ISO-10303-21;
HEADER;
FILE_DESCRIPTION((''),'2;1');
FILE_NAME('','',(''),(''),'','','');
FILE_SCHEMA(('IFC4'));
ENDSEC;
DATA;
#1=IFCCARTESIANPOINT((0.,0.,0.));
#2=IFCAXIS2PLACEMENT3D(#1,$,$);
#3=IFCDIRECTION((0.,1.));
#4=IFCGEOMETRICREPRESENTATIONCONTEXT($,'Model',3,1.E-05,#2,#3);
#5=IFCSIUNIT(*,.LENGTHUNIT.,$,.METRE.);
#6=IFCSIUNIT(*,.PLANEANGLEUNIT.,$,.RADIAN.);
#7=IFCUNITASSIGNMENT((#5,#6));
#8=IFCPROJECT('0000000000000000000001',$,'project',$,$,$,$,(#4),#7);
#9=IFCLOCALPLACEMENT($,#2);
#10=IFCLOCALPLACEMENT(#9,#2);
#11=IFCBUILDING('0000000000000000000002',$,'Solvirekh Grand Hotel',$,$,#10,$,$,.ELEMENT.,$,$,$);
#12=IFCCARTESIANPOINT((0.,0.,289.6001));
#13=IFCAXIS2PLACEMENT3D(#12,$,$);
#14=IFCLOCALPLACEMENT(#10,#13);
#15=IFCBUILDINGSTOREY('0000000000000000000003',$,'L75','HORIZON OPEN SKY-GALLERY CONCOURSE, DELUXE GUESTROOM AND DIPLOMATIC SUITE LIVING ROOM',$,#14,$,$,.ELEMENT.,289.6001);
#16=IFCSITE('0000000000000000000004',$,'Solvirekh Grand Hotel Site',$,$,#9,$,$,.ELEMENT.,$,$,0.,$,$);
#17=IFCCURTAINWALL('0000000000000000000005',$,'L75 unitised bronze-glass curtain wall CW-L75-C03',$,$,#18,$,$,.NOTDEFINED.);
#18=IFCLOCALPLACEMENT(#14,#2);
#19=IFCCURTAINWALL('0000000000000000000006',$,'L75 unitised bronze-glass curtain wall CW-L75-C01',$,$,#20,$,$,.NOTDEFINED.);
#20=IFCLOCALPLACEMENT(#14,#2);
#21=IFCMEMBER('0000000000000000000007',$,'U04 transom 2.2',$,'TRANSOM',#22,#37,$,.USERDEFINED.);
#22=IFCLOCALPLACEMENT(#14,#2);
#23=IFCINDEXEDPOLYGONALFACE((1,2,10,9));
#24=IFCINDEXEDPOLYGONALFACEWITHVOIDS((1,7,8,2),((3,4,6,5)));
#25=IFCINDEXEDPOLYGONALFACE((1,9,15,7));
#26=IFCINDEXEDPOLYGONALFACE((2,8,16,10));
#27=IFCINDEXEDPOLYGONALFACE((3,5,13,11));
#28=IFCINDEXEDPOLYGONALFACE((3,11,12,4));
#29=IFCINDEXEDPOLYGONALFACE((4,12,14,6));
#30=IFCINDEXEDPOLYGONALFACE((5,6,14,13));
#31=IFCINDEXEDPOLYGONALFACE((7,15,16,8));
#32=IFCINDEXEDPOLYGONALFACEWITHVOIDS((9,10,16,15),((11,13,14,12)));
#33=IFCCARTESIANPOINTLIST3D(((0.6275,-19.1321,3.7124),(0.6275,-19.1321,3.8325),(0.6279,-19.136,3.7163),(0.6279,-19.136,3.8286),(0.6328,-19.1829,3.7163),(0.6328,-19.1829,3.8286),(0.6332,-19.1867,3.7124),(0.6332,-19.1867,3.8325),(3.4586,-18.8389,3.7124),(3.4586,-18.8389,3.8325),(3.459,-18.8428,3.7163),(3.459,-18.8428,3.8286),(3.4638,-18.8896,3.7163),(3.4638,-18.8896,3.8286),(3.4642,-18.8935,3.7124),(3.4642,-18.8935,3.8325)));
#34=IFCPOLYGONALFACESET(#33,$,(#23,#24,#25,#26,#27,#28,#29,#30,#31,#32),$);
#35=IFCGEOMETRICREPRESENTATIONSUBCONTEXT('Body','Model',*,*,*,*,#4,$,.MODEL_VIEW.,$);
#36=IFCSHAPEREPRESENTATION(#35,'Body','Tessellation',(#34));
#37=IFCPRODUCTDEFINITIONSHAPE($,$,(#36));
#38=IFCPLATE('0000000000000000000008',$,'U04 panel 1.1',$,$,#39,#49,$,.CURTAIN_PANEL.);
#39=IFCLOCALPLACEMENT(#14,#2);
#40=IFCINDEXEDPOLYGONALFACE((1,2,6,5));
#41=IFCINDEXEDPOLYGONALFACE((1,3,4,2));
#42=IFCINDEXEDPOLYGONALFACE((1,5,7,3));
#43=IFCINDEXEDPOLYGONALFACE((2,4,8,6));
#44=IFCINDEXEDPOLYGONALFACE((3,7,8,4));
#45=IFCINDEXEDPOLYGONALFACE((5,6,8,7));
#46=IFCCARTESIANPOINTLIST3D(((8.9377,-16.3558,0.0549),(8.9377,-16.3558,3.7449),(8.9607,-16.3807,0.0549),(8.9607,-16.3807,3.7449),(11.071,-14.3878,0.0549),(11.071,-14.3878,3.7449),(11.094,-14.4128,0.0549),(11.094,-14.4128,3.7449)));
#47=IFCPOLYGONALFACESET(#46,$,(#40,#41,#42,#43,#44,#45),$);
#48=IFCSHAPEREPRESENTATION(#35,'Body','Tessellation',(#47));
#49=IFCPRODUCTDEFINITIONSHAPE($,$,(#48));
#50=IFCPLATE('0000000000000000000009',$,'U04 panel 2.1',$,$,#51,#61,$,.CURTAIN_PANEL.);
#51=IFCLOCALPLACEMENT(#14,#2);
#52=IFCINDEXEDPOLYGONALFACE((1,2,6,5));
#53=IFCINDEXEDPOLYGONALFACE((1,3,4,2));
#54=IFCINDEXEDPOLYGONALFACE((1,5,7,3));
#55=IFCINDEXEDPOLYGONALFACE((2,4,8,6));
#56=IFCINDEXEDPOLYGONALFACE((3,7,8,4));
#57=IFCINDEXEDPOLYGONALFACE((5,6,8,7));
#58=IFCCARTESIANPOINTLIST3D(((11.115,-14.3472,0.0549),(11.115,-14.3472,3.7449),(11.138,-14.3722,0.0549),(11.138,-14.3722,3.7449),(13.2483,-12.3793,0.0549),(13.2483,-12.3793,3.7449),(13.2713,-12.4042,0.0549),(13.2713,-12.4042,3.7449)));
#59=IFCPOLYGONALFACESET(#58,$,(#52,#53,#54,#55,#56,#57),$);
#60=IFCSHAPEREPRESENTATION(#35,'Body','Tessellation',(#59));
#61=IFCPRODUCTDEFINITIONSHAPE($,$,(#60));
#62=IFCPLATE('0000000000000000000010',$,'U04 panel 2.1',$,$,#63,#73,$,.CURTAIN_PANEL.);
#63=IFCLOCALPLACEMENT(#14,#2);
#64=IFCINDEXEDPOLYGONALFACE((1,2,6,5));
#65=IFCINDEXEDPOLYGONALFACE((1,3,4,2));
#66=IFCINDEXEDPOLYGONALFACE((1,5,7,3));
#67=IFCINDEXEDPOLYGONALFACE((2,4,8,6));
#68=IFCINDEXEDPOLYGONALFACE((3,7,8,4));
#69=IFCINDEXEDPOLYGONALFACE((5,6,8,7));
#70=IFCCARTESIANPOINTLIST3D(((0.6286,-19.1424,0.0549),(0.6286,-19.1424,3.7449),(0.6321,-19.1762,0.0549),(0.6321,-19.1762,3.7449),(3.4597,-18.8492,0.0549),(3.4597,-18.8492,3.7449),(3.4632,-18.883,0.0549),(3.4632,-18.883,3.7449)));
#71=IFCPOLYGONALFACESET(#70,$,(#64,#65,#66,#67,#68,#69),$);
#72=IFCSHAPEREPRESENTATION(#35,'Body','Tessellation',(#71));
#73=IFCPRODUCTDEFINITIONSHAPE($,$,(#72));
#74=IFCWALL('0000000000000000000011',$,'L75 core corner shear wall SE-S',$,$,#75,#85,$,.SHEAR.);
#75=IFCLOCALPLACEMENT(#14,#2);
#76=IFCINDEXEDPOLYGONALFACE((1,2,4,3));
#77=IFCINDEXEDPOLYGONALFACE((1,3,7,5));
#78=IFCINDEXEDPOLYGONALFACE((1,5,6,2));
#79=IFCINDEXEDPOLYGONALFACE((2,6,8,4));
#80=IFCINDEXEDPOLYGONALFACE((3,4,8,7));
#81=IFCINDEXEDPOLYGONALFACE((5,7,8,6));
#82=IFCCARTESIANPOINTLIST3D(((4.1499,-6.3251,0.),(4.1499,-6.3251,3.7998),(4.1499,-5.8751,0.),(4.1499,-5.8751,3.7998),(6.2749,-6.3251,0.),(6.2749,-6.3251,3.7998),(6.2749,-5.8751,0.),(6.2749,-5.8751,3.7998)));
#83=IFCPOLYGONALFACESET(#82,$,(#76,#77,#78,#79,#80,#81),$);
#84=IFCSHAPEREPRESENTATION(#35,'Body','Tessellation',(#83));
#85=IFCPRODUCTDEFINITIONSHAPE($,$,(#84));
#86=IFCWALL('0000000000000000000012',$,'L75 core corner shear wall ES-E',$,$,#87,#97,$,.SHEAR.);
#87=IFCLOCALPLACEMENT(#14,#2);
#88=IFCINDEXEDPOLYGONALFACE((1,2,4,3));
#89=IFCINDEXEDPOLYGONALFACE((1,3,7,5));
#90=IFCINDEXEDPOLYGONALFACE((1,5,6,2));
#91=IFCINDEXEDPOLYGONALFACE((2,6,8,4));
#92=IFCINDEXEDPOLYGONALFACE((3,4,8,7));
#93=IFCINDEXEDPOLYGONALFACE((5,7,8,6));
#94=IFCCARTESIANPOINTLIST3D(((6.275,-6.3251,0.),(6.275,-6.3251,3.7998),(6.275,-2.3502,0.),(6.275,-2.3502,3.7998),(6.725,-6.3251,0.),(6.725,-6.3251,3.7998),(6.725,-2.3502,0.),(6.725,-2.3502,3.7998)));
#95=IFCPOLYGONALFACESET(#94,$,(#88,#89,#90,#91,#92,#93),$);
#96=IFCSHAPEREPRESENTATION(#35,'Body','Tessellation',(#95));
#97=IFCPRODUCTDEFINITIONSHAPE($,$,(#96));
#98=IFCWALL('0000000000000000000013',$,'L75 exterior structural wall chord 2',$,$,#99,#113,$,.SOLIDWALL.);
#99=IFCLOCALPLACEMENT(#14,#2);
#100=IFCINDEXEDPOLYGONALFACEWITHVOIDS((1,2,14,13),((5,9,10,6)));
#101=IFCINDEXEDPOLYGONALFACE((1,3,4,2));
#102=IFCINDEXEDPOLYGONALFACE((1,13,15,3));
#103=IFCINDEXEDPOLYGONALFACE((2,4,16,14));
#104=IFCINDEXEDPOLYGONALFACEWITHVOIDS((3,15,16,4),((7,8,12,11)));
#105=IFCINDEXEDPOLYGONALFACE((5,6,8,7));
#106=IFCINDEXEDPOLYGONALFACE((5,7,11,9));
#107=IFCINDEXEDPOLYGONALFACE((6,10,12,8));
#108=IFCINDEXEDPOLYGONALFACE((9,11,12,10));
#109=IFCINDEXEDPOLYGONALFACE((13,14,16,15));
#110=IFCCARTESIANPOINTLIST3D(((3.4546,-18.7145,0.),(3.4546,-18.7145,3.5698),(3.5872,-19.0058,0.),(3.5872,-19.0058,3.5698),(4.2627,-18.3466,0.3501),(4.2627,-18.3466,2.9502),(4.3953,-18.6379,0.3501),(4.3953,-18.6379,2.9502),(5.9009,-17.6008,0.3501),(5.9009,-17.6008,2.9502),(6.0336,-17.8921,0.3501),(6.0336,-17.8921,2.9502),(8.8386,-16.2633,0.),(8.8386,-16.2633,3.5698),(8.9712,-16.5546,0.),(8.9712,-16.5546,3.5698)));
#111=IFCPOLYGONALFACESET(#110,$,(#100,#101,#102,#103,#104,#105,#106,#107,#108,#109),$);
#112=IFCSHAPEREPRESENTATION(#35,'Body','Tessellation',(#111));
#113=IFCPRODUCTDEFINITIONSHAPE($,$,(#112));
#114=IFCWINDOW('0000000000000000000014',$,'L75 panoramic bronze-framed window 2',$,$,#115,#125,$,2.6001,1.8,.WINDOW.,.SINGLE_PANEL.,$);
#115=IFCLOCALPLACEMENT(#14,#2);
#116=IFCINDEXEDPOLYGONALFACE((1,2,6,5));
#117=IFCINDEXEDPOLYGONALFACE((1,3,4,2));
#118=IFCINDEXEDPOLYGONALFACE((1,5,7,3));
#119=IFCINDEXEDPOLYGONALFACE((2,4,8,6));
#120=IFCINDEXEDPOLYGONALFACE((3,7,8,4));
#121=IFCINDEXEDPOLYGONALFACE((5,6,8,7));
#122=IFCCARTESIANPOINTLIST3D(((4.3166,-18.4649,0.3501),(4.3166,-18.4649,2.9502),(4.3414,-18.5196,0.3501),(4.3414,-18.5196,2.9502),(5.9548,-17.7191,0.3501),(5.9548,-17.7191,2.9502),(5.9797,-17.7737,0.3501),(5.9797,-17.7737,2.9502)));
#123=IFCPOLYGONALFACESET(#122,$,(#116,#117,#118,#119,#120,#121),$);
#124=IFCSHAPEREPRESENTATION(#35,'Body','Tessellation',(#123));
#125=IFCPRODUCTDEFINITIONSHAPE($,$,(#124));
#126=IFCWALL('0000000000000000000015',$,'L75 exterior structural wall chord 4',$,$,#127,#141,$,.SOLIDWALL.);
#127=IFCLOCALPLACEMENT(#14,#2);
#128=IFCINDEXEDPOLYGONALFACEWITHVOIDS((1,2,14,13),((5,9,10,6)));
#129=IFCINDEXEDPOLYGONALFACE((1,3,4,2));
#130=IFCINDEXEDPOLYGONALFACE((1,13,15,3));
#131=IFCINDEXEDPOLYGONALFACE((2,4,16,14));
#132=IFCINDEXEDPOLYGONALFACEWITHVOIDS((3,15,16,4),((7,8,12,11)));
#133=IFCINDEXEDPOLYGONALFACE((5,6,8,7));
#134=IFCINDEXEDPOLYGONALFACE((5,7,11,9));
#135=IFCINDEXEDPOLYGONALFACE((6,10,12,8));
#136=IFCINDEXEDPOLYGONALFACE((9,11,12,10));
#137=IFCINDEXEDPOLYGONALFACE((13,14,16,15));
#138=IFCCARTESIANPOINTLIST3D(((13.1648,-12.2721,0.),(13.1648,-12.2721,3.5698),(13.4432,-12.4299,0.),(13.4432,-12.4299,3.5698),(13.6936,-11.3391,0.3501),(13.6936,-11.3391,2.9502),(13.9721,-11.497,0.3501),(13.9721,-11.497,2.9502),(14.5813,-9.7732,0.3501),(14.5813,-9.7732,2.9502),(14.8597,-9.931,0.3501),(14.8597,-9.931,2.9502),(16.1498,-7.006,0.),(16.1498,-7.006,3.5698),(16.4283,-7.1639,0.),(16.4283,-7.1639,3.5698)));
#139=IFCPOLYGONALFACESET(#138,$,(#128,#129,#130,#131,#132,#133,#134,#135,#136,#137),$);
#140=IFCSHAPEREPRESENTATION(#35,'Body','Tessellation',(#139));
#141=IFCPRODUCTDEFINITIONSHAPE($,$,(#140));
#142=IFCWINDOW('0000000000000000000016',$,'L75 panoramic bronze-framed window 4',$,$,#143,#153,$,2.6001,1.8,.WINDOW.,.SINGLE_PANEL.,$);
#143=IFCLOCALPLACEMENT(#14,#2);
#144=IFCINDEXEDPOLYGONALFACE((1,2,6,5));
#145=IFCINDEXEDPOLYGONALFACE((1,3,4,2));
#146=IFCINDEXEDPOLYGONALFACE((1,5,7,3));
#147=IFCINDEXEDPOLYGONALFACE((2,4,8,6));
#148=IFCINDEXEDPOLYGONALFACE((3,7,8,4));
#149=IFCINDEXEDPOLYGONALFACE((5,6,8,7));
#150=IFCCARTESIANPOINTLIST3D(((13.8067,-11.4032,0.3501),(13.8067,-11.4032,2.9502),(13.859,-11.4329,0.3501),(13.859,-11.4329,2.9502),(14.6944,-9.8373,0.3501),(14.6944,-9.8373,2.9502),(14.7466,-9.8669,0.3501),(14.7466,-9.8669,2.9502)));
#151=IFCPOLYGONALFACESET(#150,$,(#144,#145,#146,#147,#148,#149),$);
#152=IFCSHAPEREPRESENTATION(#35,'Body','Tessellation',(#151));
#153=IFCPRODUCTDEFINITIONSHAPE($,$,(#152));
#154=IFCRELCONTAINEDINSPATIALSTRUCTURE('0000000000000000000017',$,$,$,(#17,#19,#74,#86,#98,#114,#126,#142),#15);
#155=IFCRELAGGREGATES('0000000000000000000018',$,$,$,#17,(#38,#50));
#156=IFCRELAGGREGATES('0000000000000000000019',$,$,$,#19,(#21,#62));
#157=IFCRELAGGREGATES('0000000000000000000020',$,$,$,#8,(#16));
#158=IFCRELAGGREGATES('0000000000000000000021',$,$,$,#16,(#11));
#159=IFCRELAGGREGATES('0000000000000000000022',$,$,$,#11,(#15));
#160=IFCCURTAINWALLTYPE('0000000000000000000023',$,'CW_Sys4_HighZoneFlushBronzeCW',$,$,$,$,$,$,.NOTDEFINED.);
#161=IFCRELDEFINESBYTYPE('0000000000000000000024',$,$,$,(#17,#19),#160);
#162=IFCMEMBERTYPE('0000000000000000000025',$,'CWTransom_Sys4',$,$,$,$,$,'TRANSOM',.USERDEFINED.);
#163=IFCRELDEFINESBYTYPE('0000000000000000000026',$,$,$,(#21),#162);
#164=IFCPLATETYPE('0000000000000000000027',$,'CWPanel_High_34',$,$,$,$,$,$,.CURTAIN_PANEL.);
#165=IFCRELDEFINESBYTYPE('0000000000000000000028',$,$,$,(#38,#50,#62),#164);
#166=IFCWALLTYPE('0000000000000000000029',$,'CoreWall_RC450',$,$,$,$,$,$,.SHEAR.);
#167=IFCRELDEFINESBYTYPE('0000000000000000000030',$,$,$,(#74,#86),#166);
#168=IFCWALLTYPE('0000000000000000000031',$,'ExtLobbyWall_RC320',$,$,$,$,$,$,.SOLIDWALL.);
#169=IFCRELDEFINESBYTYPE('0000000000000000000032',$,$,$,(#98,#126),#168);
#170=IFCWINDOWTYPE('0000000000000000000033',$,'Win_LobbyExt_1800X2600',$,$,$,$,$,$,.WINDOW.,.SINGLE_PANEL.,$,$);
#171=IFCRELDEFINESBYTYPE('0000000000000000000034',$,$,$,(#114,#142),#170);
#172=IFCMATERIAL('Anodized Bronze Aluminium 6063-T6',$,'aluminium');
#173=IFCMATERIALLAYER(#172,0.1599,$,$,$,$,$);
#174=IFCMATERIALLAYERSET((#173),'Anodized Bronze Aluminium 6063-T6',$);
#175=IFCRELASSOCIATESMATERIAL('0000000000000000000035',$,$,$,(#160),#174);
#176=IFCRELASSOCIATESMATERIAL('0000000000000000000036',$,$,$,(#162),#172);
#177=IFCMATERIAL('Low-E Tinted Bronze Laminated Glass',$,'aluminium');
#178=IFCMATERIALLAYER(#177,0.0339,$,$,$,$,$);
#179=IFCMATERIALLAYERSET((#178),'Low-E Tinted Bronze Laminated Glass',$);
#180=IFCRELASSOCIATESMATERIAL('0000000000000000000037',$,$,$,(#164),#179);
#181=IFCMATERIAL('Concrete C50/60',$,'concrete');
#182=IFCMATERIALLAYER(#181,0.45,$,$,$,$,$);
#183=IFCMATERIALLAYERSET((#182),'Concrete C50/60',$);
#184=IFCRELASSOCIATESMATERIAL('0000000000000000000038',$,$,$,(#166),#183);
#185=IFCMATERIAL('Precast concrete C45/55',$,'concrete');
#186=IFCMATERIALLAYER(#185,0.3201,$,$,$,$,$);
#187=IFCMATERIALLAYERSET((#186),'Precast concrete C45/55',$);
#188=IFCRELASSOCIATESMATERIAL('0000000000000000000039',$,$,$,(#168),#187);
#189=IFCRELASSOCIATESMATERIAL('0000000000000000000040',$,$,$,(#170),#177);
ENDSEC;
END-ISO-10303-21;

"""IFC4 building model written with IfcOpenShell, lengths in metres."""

from ifc_helpers import new_model, si_unit, direction, frame, frame_2d, origin, origin_2d, place, context, subcontext, project, spatial, rectangle, hollow_rectangle, extrude, source, transform, mapped, material, layer, layer_set, material_profile, profile_set, type_object, element, fill, aggregate, save


model = new_model("IFC4")

# Units and contexts
model_context = context("Model", 3, precision=1e-05, world=origin(), true_north=direction((0.0, 1.0)))
body_context = subcontext(model_context, "Body", "Model", "MODEL_VIEW")
ifc_project = project(units=[si_unit("LENGTHUNIT", "METRE"), si_unit("PLANEANGLEUNIT", "RADIAN")], contexts=[model_context])

# Site, building, storey
site_placement = place(None, origin())
site = spatial("IfcSite", under=ifc_project, at=site_placement, Name="Solvirekh Grand Hotel Site", CompositionType="ELEMENT", RefElevation=0.0)
building_placement = place(site_placement, origin())
building = spatial("IfcBuilding", under=site, at=building_placement, Name="Solvirekh Grand Hotel", CompositionType="ELEMENT")
storey_placement = place(building_placement, frame((0.0, 0.0, 289.6001)))
storey = spatial("IfcBuildingStorey", under=building, at=storey_placement, Name="L75", Description="HORIZON OPEN SKY-GALLERY CONCOURSE, DELUXE GUESTROOM AND DIPLOMATIC SUITE LIVING ROOM", CompositionType="ELEMENT", Elevation=289.6001)

# Shared definitions
ifc_material_1 = material(Name="Concrete C50/60", Category="concrete")

# Curtain walls
ifc_material_2 = material(Name="Anodized Bronze Aluminium 6063-T6", Category="aluminium")
ifc_layer_1 = layer(ifc_material_2, 0.1599)
ifc_layer_set_1 = layer_set([ifc_layer_1], Name="Anodized Bronze Aluminium 6063-T6")
curtain_wall_type = type_object("IfcCurtainWallType", Name="CW_Sys4_HighZoneFlushBronzeCW", PredefinedType="NOTDEFINED", material=ifc_layer_set_1)
curtain_wall_1_placement = place(storey_placement, origin())
curtain_wall_1 = element("IfcCurtainWall", 1, at=curtain_wall_1_placement, inside=storey, type_object=curtain_wall_type, Name="L75 unitised bronze-glass curtain wall CW-L75-C03", PredefinedType="NOTDEFINED")
ifc_material_profile_1 = material_profile(ifc_material_2, hollow_rectangle(XDim=0.0549, YDim=0.1201, WallThickness=0.0039, at=origin_2d()), Name="ALU RHS 120X55X4")
ifc_profile_set_1 = profile_set([ifc_material_profile_1], Name="Anodized Bronze Aluminium 6063-T6")
member_type_1 = type_object("IfcMemberType", Name="CWTransom_Sys4", ElementType="TRANSOM", PredefinedType="USERDEFINED", material=ifc_profile_set_1)
curtain_wall_2_placement = place(storey_placement, origin())
curtain_wall_2 = element("IfcCurtainWall", 2, at=curtain_wall_2_placement, inside=storey, type_object=curtain_wall_type, Name="L75 unitised bronze-glass curtain wall CW-L75-C01", PredefinedType="NOTDEFINED")

# Member
shared_shape_1 = source(origin(), body_context, "Body", "SweptSolid", [
    extrude(hollow_rectangle(XDim=0.0549, YDim=0.1201, WallThickness=0.0039, at=origin_2d()), origin(), (0.0, 0.0, 1.0), 2.8462),
])
member_1_placement = place(storey_placement, frame((0.6304, -19.1594, 3.7725), z_axis=(0.994679, 0.103019, 0.0), x_axis=(-0.103019, 0.994679, 0.0)))
member_1 = element("IfcMember", 3, at=member_1_placement, type_object=member_type_1, Name="U04 transom 2.2", ObjectType="TRANSOM", PredefinedType="USERDEFINED", context=body_context, shape_type="MappedRepresentation", body=[
    mapped(shared_shape_1, transform((0.0, 0.0, 0.0), x_axis=(1.0, 0.0, 0.0), y_axis=(0.0, 1.0, 0.0), z_axis=(0.0, 0.0, 1.0), scale=1.0)),
])

# Plates
ifc_material_3 = material(Name="Low-E Tinted Bronze Laminated Glass", Category="aluminium")
ifc_layer_2 = layer(ifc_material_3, 0.0339)
ifc_layer_set_2 = layer_set([ifc_layer_2], Name="Low-E Tinted Bronze Laminated Glass")
plate_type = type_object("IfcPlateType", Name="CWPanel_High_34", PredefinedType="CURTAIN_PANEL", material=ifc_layer_set_2)
shared_shape_2 = source(origin(), body_context, "Body", "SweptSolid", [
    extrude(rectangle(XDim=2.9023, YDim=0.0339, at=origin_2d()), origin(), (0.0, 0.0, 1.0), 3.6899),
])
plate_1_placement = place(storey_placement, frame((10.0159, -15.3843, 0.0549), z_axis=(0.0, 0.0, 1.0), x_axis=(0.735021, 0.678044, 0.0)))
plate_1 = element("IfcPlate", 4, at=plate_1_placement, type_object=plate_type, Name="U04 panel 1.1", PredefinedType="CURTAIN_PANEL", context=body_context, shape_type="MappedRepresentation", body=[
    mapped(shared_shape_2, transform((0.0, 0.0, 0.0), x_axis=(1.0, 0.0, 0.0), y_axis=(0.0, 1.0, 0.0), z_axis=(0.0, 0.0, 1.0), scale=1.0)),
])
plate_2_placement = place(storey_placement, frame((12.1931, -13.3757, 0.0549), z_axis=(0.0, 0.0, 1.0), x_axis=(0.735021, 0.678044, 0.0)))
plate_2 = element("IfcPlate", 5, at=plate_2_placement, type_object=plate_type, Name="U04 panel 2.1", PredefinedType="CURTAIN_PANEL", context=body_context, shape_type="MappedRepresentation", body=[
    mapped(shared_shape_2, transform((0.0, 0.0, 0.0), x_axis=(1.0, 0.0, 0.0), y_axis=(0.0, 1.0, 0.0), z_axis=(0.0, 0.0, 1.0), scale=1.0)),
])
aggregate(curtain_wall_1, [plate_1, plate_2])
shared_shape_3 = source(origin(), body_context, "Body", "SweptSolid", [
    extrude(rectangle(XDim=2.8462, YDim=0.0339, at=origin_2d()), origin(), (0.0, 0.0, 1.0), 3.6899),
])
plate_3_placement = place(storey_placement, frame((2.0459, -19.0127, 0.0549), z_axis=(0.0, 0.0, 1.0), x_axis=(0.994679, 0.103027, 0.0)))
plate_3 = element("IfcPlate", 6, at=plate_3_placement, type_object=plate_type, Name="U04 panel 2.1", PredefinedType="CURTAIN_PANEL", context=body_context, shape_type="MappedRepresentation", body=[
    mapped(shared_shape_3, transform((0.0, 0.0, 0.0), x_axis=(1.0, 0.0, 0.0), y_axis=(0.0, 1.0, 0.0), z_axis=(0.0, 0.0, 1.0), scale=1.0)),
])
aggregate(curtain_wall_2, [member_1, plate_3])

# Walls
ifc_layer_3 = layer(ifc_material_1, 0.45)
ifc_layer_set_3 = layer_set([ifc_layer_3], Name="Concrete C50/60")
wall_type_1 = type_object("IfcWallType", Name="CoreWall_RC450", PredefinedType="SHEAR", material=ifc_layer_set_3)
wall_1_placement = place(storey_placement, frame((4.1499, -6.1001, 0.0), z_axis=(0.0, 0.0, 1.0), x_axis=(1.0, 0.0, 0.0)))
element("IfcWall", 7, at=wall_1_placement, inside=storey, type_object=wall_type_1, Name="L75 core corner shear wall SE-S", PredefinedType="SHEAR", context=body_context, shape_type="SweptSolid", body=[
    extrude(rectangle(XDim=2.125, YDim=0.45, at=frame_2d((1.0625, 0.0))), origin(), (0.0, 0.0, 1.0), 3.7998),
])
wall_2_placement = place(storey_placement, frame((6.5, -6.325, 0.0), z_axis=(0.0, 0.0, 1.0), x_axis=(0.0, 1.0, 0.0)))
element("IfcWall", 8, at=wall_2_placement, inside=storey, type_object=wall_type_1, Name="L75 core corner shear wall ES-E", PredefinedType="SHEAR", context=body_context, shape_type="SweptSolid", body=[
    extrude(rectangle(XDim=3.9749, YDim=0.45, at=frame_2d((1.9873, 0.0))), origin(), (0.0, 0.0, 1.0), 3.7998),
])

# Walls, openings, windows
ifc_material_4 = material(Name="Precast concrete C45/55", Category="concrete")
ifc_layer_4 = layer(ifc_material_4, 0.3201)
ifc_layer_set_4 = layer_set([ifc_layer_4], Name="Precast concrete C45/55")
wall_type_2 = type_object("IfcWallType", Name="ExtLobbyWall_RC320", PredefinedType="SOLIDWALL", material=ifc_layer_set_4)
wall_3_placement = place(storey_placement, frame((8.905, -16.4089, 0.0), z_axis=(0.0, 0.0, 1.0), x_axis=(-0.910119, -0.414347, 0.0)))
wall_3 = element("IfcWall", 9, at=wall_3_placement, inside=storey, type_object=wall_type_2, Name="L75 exterior structural wall chord 2", PredefinedType="SOLIDWALL", context=body_context, shape_type="SweptSolid", body=[
    extrude(rectangle(XDim=5.9158, YDim=0.3201, at=frame_2d((2.958, 0.0))), origin(), (0.0, 0.0, 1.0), 3.5698),
])
opening_1_placement = place(wall_3_placement, frame((3.228, 0.0, 0.3501)))
opening_1 = element("IfcOpeningElement", 10, at=opening_1_placement, cuts=wall_3, PredefinedType="OPENING", context=body_context, shape_type="SweptSolid", body=[
    extrude(rectangle(XDim=1.8, YDim=2.6001, at=frame_2d((0.8999, 1.3))), frame((0.0, 0.1699, 0.0), z_axis=(0.0, -1.0, 0.0), x_axis=(1.0, 0.0, 0.0)), (0.0, 0.0, 1.0), 0.3401),
])
window_type = type_object("IfcWindowType", Name="Win_LobbyExt_1800X2600", PartitioningType="SINGLE_PANEL", PredefinedType="WINDOW", material=ifc_material_3)
window_1_placement = place(opening_1_placement, origin())
window_1 = element("IfcWindow", 11, at=window_1_placement, inside=storey, type_object=window_type, Name="L75 panoramic bronze-framed window 2", OverallHeight=2.6001, OverallWidth=1.8, PartitioningType="SINGLE_PANEL", PredefinedType="WINDOW", context=body_context, shape_type="SweptSolid", body=[
    extrude(rectangle(XDim=1.8, YDim=2.6001, at=frame_2d((0.8999, 1.3))), frame((0.0, 0.03, 0.0), z_axis=(0.0, -1.0, 0.0), x_axis=(1.0, 0.0, 0.0)), (0.0, 0.0, 1.0), 0.0601),
])
fill(opening_1, window_1)
wall_4_placement = place(storey_placement, frame((16.2891, -7.085, 0.0), z_axis=(0.0, 0.0, 1.0), x_axis=(-0.493135, -0.869953, 0.0)))
wall_4 = element("IfcWall", 12, at=wall_4_placement, inside=storey, type_object=wall_type_2, Name="L75 exterior structural wall chord 4", PredefinedType="SOLIDWALL", context=body_context, shape_type="SweptSolid", body=[
    extrude(rectangle(XDim=6.0532, YDim=0.3201, at=frame_2d((3.0266, 0.0))), origin(), (0.0, 0.0, 1.0), 3.5698),
])
opening_2_placement = place(wall_4_placement, frame((3.1809, 0.0, 0.3501)))
opening_2 = element("IfcOpeningElement", 13, at=opening_2_placement, cuts=wall_4, PredefinedType="OPENING", context=body_context, shape_type="SweptSolid", body=[
    extrude(rectangle(XDim=1.8, YDim=2.6001, at=frame_2d((0.8999, 1.3))), frame((0.0, 0.1699, 0.0), z_axis=(0.0, -1.0, 0.0), x_axis=(1.0, 0.0, 0.0)), (0.0, 0.0, 1.0), 0.3401),
])
window_2_placement = place(opening_2_placement, origin())
window_2 = element("IfcWindow", 14, at=window_2_placement, inside=storey, type_object=window_type, Name="L75 panoramic bronze-framed window 4", OverallHeight=2.6001, OverallWidth=1.8, PartitioningType="SINGLE_PANEL", PredefinedType="WINDOW", context=body_context, shape_type="SweptSolid", body=[
    extrude(rectangle(XDim=1.8, YDim=2.6001, at=frame_2d((0.8999, 1.3))), frame((0.0, 0.03, 0.0), z_axis=(0.0, -1.0, 0.0), x_axis=(1.0, 0.0, 0.0)), (0.0, 0.0, 1.0), 0.0601),
])
fill(opening_2, window_2)

save(model, "model.ifc")
